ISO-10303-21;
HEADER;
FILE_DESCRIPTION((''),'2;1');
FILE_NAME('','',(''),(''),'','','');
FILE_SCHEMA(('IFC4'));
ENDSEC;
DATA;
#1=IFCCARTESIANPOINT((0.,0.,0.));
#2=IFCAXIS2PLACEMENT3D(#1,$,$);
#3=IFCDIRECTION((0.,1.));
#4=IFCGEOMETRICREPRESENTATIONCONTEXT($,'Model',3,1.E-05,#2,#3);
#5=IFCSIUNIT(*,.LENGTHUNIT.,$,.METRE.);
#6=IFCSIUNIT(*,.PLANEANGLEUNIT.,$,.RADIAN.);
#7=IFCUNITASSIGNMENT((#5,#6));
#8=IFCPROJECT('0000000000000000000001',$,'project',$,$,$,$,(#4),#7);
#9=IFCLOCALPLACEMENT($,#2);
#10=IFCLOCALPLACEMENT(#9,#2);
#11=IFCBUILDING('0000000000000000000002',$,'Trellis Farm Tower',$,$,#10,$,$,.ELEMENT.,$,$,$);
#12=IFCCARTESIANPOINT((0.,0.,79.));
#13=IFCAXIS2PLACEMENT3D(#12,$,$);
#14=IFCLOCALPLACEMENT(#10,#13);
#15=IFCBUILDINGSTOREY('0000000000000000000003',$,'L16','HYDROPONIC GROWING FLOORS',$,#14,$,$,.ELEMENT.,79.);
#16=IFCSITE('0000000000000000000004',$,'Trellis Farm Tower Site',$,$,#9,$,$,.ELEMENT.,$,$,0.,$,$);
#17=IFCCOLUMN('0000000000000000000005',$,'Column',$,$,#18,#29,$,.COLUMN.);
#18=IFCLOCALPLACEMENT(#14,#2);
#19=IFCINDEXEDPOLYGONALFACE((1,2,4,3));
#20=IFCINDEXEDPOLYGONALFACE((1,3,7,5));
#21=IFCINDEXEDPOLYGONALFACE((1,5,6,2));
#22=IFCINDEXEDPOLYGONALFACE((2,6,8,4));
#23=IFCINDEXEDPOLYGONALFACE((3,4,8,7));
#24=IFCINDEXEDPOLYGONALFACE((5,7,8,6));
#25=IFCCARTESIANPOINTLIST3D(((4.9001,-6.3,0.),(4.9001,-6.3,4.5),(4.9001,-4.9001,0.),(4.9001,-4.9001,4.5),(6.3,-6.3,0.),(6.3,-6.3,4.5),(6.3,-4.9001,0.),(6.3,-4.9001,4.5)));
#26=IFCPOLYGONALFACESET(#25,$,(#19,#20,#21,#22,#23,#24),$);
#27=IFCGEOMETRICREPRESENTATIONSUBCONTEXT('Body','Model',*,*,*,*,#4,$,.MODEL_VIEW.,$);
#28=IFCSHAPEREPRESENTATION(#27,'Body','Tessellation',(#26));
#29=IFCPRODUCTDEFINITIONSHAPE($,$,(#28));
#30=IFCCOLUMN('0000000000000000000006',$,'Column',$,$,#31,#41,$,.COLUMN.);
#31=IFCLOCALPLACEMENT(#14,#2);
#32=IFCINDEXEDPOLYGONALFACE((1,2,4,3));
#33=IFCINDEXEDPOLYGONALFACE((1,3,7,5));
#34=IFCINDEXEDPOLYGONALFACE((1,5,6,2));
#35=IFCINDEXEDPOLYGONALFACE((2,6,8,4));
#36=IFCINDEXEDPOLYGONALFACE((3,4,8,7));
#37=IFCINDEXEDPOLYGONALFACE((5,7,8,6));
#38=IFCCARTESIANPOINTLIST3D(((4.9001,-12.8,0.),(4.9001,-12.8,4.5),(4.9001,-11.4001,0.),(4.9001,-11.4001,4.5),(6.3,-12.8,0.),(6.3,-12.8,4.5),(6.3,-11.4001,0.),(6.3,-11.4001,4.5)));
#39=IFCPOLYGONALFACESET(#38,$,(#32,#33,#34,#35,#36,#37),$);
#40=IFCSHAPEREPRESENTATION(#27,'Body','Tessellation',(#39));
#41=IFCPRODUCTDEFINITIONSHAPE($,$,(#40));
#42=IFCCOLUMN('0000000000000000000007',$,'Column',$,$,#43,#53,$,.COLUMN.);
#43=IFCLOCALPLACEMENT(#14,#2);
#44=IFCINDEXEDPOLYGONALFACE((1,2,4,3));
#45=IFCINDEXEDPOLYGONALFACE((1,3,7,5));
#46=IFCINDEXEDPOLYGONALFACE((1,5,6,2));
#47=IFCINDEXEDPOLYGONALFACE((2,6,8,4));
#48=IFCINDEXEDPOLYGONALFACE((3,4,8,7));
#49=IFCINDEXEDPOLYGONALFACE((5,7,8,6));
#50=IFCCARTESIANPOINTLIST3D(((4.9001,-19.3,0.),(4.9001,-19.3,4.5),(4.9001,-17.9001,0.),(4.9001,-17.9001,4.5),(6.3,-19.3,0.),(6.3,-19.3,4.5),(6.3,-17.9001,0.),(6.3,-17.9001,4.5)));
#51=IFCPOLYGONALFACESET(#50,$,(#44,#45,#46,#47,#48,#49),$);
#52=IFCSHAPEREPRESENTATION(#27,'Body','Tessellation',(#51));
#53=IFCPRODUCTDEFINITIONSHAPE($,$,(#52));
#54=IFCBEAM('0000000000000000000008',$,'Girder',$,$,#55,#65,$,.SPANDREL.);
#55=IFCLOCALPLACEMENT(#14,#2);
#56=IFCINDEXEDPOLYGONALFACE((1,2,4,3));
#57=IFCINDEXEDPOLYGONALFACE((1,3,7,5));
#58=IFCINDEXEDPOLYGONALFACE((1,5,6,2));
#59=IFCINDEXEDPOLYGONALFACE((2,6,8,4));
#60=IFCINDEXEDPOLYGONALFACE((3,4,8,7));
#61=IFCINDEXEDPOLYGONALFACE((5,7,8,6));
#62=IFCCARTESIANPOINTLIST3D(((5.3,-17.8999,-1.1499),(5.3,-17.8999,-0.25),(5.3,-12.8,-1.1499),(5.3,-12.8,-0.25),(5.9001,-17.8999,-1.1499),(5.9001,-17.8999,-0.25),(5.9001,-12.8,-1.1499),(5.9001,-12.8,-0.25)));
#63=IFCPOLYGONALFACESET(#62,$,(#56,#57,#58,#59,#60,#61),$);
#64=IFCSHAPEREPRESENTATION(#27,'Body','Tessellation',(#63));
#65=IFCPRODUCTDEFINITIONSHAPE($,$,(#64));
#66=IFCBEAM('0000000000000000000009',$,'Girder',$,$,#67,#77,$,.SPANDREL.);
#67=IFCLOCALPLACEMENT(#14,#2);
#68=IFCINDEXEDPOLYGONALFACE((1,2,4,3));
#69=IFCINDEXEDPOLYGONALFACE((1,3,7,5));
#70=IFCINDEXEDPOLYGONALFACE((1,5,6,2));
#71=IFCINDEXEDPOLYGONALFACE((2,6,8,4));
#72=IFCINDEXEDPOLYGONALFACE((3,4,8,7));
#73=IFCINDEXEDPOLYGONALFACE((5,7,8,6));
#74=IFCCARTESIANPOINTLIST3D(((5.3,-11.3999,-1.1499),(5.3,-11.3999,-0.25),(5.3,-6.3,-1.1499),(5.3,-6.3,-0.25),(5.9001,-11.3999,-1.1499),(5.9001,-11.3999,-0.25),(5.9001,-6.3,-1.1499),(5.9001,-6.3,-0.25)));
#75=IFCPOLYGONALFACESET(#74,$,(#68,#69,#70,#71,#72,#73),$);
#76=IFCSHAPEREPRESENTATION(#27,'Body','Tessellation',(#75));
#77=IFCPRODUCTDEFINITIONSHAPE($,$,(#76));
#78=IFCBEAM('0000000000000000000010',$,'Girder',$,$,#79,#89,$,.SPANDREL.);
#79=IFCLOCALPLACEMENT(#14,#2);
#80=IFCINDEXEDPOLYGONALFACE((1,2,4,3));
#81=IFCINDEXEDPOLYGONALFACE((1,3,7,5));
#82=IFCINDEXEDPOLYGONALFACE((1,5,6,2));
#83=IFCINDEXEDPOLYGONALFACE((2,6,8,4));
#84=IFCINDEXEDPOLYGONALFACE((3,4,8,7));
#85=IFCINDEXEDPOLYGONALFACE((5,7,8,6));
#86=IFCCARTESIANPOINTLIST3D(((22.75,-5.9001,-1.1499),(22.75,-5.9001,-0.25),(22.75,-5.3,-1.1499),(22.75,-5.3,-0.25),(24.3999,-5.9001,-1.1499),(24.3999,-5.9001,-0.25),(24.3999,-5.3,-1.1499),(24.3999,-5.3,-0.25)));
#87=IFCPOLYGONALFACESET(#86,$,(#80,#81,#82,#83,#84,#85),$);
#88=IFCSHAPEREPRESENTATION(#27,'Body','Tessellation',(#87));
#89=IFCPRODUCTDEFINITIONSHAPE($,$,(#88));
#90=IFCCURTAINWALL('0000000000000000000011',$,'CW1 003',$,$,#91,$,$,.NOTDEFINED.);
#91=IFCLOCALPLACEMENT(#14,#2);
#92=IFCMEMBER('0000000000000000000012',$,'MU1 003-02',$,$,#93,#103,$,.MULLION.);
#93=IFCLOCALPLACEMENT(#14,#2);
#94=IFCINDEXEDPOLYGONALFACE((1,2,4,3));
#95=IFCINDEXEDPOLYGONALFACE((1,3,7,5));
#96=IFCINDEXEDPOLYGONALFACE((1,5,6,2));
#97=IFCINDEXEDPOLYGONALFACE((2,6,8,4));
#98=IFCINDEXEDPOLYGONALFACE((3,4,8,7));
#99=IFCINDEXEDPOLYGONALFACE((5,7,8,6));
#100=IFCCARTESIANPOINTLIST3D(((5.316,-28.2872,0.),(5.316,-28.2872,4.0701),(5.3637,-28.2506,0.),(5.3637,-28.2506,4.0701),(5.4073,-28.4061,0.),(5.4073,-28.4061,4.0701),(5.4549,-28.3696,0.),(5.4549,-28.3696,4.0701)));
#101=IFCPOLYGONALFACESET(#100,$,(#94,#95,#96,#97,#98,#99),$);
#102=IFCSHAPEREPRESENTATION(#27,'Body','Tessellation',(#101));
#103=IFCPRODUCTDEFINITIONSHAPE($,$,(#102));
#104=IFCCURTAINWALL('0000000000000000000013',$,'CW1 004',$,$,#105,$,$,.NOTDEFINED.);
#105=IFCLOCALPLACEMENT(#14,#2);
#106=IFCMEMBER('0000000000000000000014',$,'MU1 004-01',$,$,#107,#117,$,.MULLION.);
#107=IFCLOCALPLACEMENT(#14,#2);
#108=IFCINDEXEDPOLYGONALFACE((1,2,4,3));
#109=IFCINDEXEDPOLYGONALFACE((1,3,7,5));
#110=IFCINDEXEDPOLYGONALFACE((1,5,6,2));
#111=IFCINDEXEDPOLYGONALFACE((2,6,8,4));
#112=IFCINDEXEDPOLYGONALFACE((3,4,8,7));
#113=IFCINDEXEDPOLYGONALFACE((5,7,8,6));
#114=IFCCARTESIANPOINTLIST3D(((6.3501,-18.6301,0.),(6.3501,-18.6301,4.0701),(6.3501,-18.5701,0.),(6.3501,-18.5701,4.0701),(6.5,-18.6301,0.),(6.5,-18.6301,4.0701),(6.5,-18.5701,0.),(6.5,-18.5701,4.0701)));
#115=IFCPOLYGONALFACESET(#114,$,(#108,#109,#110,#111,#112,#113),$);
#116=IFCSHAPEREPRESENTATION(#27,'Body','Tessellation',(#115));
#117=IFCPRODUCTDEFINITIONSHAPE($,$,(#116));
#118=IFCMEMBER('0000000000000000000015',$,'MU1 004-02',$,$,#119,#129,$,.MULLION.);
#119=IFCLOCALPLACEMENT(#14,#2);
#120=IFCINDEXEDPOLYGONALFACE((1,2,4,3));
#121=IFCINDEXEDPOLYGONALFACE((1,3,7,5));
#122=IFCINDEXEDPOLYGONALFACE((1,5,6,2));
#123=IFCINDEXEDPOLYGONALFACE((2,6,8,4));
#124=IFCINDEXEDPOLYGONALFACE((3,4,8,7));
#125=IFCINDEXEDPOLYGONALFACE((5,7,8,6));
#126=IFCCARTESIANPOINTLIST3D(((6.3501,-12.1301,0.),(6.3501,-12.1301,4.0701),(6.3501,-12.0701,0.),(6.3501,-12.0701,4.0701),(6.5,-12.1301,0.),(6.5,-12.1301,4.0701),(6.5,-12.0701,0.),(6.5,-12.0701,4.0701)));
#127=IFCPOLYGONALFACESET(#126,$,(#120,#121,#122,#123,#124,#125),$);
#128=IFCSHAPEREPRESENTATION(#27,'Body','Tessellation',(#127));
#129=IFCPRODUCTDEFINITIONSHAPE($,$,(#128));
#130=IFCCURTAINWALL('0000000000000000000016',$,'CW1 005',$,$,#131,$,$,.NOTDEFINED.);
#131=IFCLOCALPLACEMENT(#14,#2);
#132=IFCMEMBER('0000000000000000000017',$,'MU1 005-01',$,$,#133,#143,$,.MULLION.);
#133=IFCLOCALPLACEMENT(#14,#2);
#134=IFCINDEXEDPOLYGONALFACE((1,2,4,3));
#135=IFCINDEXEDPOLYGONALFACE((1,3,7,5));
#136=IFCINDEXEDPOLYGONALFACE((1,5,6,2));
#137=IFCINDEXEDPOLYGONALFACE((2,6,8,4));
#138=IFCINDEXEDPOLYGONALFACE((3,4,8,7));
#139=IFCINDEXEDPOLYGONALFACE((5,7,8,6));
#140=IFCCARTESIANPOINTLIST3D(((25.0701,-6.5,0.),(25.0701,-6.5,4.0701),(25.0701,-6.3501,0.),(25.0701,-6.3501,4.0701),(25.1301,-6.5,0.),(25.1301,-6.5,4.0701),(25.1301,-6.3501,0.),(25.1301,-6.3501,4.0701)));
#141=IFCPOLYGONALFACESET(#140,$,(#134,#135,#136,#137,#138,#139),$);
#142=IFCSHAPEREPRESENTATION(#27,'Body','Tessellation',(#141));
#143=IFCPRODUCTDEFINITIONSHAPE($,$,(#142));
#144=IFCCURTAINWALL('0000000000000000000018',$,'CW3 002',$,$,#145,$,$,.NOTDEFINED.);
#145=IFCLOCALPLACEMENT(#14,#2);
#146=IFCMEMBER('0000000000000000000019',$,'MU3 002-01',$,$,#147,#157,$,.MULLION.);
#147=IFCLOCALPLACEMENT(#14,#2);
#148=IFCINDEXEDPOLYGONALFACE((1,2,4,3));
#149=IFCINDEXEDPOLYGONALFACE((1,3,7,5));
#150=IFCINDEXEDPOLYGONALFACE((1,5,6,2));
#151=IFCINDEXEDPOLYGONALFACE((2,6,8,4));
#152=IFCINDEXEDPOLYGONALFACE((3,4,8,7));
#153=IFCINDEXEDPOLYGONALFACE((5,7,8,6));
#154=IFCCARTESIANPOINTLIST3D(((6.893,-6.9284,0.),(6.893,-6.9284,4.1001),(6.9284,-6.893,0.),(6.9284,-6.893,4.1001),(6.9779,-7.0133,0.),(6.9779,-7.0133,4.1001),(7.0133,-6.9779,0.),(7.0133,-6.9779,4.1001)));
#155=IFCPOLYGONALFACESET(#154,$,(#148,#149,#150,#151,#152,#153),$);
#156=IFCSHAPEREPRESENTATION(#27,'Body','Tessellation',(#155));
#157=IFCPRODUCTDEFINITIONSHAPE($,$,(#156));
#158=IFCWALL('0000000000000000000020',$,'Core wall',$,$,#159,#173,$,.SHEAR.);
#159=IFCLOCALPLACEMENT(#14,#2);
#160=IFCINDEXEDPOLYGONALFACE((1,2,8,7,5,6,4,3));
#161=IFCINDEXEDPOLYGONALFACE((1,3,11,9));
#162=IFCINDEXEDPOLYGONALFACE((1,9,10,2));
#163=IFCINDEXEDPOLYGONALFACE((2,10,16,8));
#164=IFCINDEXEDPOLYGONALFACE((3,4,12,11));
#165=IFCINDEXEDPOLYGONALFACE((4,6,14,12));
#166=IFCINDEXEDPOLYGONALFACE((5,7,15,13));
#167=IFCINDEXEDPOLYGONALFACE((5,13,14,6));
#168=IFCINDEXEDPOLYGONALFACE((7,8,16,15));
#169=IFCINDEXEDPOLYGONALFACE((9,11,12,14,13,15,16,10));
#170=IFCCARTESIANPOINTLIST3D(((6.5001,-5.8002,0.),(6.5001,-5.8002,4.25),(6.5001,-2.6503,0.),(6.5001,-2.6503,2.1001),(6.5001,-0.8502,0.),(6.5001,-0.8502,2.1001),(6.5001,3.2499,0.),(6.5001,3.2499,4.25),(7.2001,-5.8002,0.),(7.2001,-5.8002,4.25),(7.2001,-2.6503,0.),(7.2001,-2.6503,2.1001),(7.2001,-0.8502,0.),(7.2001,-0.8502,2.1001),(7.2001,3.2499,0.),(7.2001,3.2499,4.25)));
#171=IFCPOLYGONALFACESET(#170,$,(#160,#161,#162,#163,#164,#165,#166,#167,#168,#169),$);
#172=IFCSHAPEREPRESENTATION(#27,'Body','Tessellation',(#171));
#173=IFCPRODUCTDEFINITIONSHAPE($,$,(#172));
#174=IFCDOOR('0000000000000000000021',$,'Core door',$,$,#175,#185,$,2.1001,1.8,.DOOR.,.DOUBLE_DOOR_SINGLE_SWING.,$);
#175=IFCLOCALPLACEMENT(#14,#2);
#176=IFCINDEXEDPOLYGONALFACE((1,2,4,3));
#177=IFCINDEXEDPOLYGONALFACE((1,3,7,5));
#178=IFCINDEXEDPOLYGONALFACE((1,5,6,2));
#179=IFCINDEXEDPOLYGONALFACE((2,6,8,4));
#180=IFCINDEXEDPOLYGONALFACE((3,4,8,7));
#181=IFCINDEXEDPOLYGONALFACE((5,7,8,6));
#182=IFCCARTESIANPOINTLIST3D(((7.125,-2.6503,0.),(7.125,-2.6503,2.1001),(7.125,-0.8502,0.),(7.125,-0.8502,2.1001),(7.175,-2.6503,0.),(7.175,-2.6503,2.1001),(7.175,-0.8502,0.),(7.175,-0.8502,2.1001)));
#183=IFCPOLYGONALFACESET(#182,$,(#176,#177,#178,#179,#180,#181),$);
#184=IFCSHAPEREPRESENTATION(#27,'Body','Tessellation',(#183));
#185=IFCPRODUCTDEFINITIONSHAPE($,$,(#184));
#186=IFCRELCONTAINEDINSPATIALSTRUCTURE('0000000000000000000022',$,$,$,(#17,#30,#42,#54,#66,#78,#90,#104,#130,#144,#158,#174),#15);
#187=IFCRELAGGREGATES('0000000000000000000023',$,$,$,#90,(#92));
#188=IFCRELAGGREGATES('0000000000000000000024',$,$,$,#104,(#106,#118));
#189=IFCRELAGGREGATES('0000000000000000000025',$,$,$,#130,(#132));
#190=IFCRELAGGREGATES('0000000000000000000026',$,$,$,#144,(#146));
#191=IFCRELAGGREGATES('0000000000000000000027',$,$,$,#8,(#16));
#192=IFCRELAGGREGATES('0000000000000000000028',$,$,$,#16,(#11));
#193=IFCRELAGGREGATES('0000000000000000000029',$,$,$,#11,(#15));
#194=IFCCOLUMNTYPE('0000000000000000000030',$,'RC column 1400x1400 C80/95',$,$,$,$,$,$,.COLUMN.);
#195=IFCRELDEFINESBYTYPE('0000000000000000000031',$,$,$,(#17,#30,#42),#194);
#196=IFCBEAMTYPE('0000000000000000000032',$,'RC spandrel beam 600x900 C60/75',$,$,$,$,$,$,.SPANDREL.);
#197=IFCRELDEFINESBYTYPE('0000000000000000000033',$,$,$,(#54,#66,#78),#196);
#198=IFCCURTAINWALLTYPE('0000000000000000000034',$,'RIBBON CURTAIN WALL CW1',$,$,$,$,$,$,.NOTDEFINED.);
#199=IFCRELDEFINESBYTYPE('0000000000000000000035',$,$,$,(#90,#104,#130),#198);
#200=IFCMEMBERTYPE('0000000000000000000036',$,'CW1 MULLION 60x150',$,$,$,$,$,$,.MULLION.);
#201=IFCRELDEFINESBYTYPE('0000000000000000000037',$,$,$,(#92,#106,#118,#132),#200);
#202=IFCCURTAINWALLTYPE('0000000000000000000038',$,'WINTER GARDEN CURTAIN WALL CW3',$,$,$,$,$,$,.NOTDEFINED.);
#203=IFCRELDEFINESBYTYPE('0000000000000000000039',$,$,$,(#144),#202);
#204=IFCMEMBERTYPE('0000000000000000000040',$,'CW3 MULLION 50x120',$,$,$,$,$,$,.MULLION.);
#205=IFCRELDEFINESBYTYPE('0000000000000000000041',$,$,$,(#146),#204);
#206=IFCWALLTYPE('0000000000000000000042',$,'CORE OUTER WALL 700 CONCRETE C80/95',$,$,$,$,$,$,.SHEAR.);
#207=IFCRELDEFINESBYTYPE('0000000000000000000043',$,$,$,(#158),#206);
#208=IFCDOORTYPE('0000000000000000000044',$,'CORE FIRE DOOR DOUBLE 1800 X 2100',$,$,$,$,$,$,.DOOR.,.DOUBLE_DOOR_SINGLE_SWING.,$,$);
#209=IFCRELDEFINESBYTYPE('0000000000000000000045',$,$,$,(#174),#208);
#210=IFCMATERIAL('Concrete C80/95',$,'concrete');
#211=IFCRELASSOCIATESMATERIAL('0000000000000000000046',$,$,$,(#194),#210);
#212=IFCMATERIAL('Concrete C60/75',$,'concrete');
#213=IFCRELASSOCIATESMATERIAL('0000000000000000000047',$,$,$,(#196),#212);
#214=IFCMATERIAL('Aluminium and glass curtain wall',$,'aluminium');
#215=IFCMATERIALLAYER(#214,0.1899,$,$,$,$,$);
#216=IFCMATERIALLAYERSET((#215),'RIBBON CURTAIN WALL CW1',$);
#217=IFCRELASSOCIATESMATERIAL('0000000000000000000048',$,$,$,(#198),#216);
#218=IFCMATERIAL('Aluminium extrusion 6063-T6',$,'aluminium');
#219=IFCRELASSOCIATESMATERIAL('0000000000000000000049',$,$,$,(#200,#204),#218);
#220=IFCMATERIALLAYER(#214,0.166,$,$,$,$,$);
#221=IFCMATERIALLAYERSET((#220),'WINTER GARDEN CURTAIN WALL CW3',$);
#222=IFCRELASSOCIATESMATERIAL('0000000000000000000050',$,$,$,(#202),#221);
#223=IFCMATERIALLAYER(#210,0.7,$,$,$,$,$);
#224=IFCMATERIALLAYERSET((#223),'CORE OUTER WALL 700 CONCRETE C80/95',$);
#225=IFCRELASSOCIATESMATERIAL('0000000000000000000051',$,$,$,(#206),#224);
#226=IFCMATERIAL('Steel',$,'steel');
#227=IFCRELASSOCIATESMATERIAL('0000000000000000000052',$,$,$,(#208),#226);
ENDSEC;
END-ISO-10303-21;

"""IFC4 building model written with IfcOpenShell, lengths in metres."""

from ifc_helpers import new_model, si_unit, direction, frame, frame_2d, origin, origin_2d, place, context, subcontext, project, spatial, rectangle, extrude, source, transform, mapped, material, layer, layer_set, material_profile, profile_set, type_object, element, fill, aggregate, save


model = new_model("IFC4")

# Units and contexts
model_context = context("Model", 3, precision=1e-05, world=origin(), true_north=direction((0.0, 1.0)))
body_context = subcontext(model_context, "Body", "Model", "MODEL_VIEW")
ifc_project = project(units=[si_unit("LENGTHUNIT", "METRE"), si_unit("PLANEANGLEUNIT", "RADIAN")], contexts=[model_context])

# Site, building, storey
site_placement = place(None, origin())
site = spatial("IfcSite", under=ifc_project, at=site_placement, Name="Trellis Farm Tower Site", CompositionType="ELEMENT", RefElevation=0.0)
building_placement = place(site_placement, origin())
building = spatial("IfcBuilding", under=site, at=building_placement, Name="Trellis Farm Tower", CompositionType="ELEMENT")
storey_placement = place(building_placement, frame((0.0, 0.0, 79.0)))
storey = spatial("IfcBuildingStorey", under=building, at=storey_placement, Name="L16", Description="HYDROPONIC GROWING FLOORS", CompositionType="ELEMENT", Elevation=79.0)

# Columns
ifc_material_1 = material(Name="Concrete C80/95", Category="concrete")
ifc_material_profile_1 = material_profile(ifc_material_1, rectangle(XDim=1.3999, YDim=1.3999, at=origin_2d()), Name="RC column 1400x1400 C80/95")
ifc_profile_set_1 = profile_set([ifc_material_profile_1], Name="Concrete C80/95")
column_type = type_object("IfcColumnType", Name="RC column 1400x1400 C80/95", PredefinedType="COLUMN", material=ifc_profile_set_1)
shared_shape_1 = source(origin(), body_context, "Body", "SweptSolid", [
    extrude(rectangle(XDim=1.3999, YDim=1.3999, at=origin_2d()), origin(), (0.0, 0.0, 1.0), 4.5),
])
for number, where, z_axis, x_axis, name in (
    (1, (5.6001, -5.6001, 0.0), (0.0, 0.0, 1.0), (1.0, 0.0, 0.0), "Column"),
    (2, (5.6001, -12.1001, 0.0), (0.0, 0.0, 1.0), (1.0, 0.0, 0.0), "Column"),
    (3, (5.6001, -18.6001, 0.0), (0.0, 0.0, 1.0), (1.0, 0.0, 0.0), "Column"),
):
    element("IfcColumn", number, at=place(storey_placement, frame(where, z_axis=z_axis, x_axis=x_axis)), inside=storey, type_object=column_type, Name=name, PredefinedType="COLUMN", context=body_context, shape_type="MappedRepresentation", body=[
        mapped(shared_shape_1, transform((0.0, 0.0, 0.0))),
    ])

# Beams
ifc_material_2 = material(Name="Concrete C60/75", Category="concrete")
ifc_material_profile_2 = material_profile(ifc_material_2, rectangle(XDim=0.6001, YDim=0.8999, at=origin_2d()), Name="RC spandrel beam 600x900 C60/75")
ifc_profile_set_2 = profile_set([ifc_material_profile_2], Name="Concrete C60/75")
beam_type = type_object("IfcBeamType", Name="RC spandrel beam 600x900 C60/75", PredefinedType="SPANDREL", material=ifc_profile_set_2)
shared_shape_2 = source(origin(), body_context, "Body", "SweptSolid", [
    extrude(rectangle(XDim=0.6001, YDim=0.8999, at=origin_2d()), origin(), (0.0, 0.0, 1.0), 5.0999),
])
for number, where, z_axis, x_axis, name in (
    (4, (5.6001, -17.8999, -0.7), (0.0, 1.0, 0.0), (-1.0, 0.0, 0.0), "Girder"),
    (5, (5.6001, -11.3999, -0.7), (0.0, 1.0, 0.0), (-1.0, 0.0, 0.0), "Girder"),
):
    element("IfcBeam", number, at=place(storey_placement, frame(where, z_axis=z_axis, x_axis=x_axis)), inside=storey, type_object=beam_type, Name=name, PredefinedType="SPANDREL", context=body_context, shape_type="MappedRepresentation", body=[
        mapped(shared_shape_2, transform((0.0, 0.0, 0.0))),
    ])
shared_shape_3 = source(origin(), body_context, "Body", "SweptSolid", [
    extrude(rectangle(XDim=0.6001, YDim=0.8999, at=origin_2d()), origin(), (0.0, 0.0, 1.0), 1.6499),
])
beam_placement = place(storey_placement, frame((22.75, -5.6001, -0.7), z_axis=(1.0, 0.0, 0.0), x_axis=(0.0, 1.0, 0.0)))
element("IfcBeam", 6, at=beam_placement, inside=storey, type_object=beam_type, Name="Girder", PredefinedType="SPANDREL", context=body_context, shape_type="MappedRepresentation", body=[
    mapped(shared_shape_3, transform((0.0, 0.0, 0.0))),
])

# Curtain wall, member
ifc_material_3 = material(Name="Aluminium and glass curtain wall", Category="aluminium")
ifc_layer_1 = layer(ifc_material_3, 0.1899)
ifc_layer_set_1 = layer_set([ifc_layer_1], Name="RIBBON CURTAIN WALL CW1")
curtain_wall_type_1 = type_object("IfcCurtainWallType", Name="RIBBON CURTAIN WALL CW1", PredefinedType="NOTDEFINED", material=ifc_layer_set_1)
placement = place(storey_placement, origin())
curtain_wall_1 = element("IfcCurtainWall", 7, at=placement, inside=storey, type_object=curtain_wall_type_1, Name="CW1 003", PredefinedType="NOTDEFINED")
ifc_material_4 = material(Name="Aluminium extrusion 6063-T6", Category="aluminium")
ifc_material_profile_3 = material_profile(ifc_material_4, rectangle(XDim=0.0601, YDim=0.1499, at=origin_2d()), Name="MULLION 60x150")
ifc_profile_set_3 = profile_set([ifc_material_profile_3], Name="Aluminium extrusion 6063-T6")
member_type_1 = type_object("IfcMemberType", Name="CW1 MULLION 60x150", PredefinedType="MULLION", material=ifc_profile_set_3)
shared_shape_4 = source(origin(), body_context, "Body", "SweptSolid", [
    extrude(rectangle(XDim=0.0601, YDim=0.1499, at=origin_2d()), origin(), (0.0, 0.0, 1.0), 4.0701),
])
member_1_placement = place(storey_placement, frame((5.3855, -28.3284, 0.0), z_axis=(0.0, 0.0, 1.0), x_axis=(0.793353, 0.608761, 0.0)))
member_1 = element("IfcMember", 8, at=member_1_placement, type_object=member_type_1, Name="MU1 003-02", PredefinedType="MULLION", context=body_context, shape_type="MappedRepresentation", body=[
    mapped(shared_shape_4, transform((0.0, 0.0, 0.0))),
])
aggregate(curtain_wall_1, [member_1])

# Curtain wall, members
curtain_wall_2 = element("IfcCurtainWall", 9, at=placement, inside=storey, type_object=curtain_wall_type_1, Name="CW1 004", PredefinedType="NOTDEFINED")
member_2_placement = place(storey_placement, frame((6.425, -18.6001, 0.0), z_axis=(0.0, 0.0, 1.0), x_axis=(0.0, 1.0, 0.0)))
member_2 = element("IfcMember", 10, at=member_2_placement, type_object=member_type_1, Name="MU1 004-01", PredefinedType="MULLION", context=body_context, shape_type="MappedRepresentation", body=[
    mapped(shared_shape_4, transform((0.0, 0.0, 0.0))),
])
member_3_placement = place(storey_placement, frame((6.425, -12.1001, 0.0), z_axis=(0.0, 0.0, 1.0), x_axis=(0.0, 1.0, 0.0)))
member_3 = element("IfcMember", 11, at=member_3_placement, type_object=member_type_1, Name="MU1 004-02", PredefinedType="MULLION", context=body_context, shape_type="MappedRepresentation", body=[
    mapped(shared_shape_4, transform((0.0, 0.0, 0.0))),
])
aggregate(curtain_wall_2, [member_2, member_3])

# Curtain walls, members
curtain_wall_3 = element("IfcCurtainWall", 12, at=placement, inside=storey, type_object=curtain_wall_type_1, Name="CW1 005", PredefinedType="NOTDEFINED")
member_4_placement = place(storey_placement, frame((25.1001, -6.425, 0.0), z_axis=(0.0, 0.0, 1.0), x_axis=(1.0, 0.0, 0.0)))
member_4 = element("IfcMember", 13, at=member_4_placement, type_object=member_type_1, Name="MU1 005-01", PredefinedType="MULLION", context=body_context, shape_type="MappedRepresentation", body=[
    mapped(shared_shape_4, transform((0.0, 0.0, 0.0))),
])
aggregate(curtain_wall_3, [member_4])
ifc_layer_2 = layer(ifc_material_3, 0.166)
ifc_layer_set_2 = layer_set([ifc_layer_2], Name="WINTER GARDEN CURTAIN WALL CW3")
curtain_wall_type_2 = type_object("IfcCurtainWallType", Name="WINTER GARDEN CURTAIN WALL CW3", PredefinedType="NOTDEFINED", material=ifc_layer_set_2)
curtain_wall_4 = element("IfcCurtainWall", 14, at=placement, inside=storey, type_object=curtain_wall_type_2, Name="CW3 002", PredefinedType="NOTDEFINED")
ifc_material_profile_4 = material_profile(ifc_material_4, rectangle(XDim=0.05, YDim=0.1201, at=origin_2d()), Name="MULLION 50x120")
ifc_profile_set_4 = profile_set([ifc_material_profile_4], Name="Aluminium extrusion 6063-T6")
member_type_2 = type_object("IfcMemberType", Name="CW3 MULLION 50x120", PredefinedType="MULLION", material=ifc_profile_set_4)
shared_shape_5 = source(origin(), body_context, "Body", "SweptSolid", [
    extrude(rectangle(XDim=0.05, YDim=0.1201, at=origin_2d()), origin(), (0.0, 0.0, 1.0), 4.1001),
])
member_5_placement = place(storey_placement, frame((6.9531, -6.9531, 0.0), z_axis=(0.0, 0.0, 1.0), x_axis=(0.707107, 0.707107, 0.0)))
member_5 = element("IfcMember", 15, at=member_5_placement, type_object=member_type_2, Name="MU3 002-01", PredefinedType="MULLION", context=body_context, shape_type="MappedRepresentation", body=[
    mapped(shared_shape_5, transform((0.0, 0.0, 0.0))),
])
aggregate(curtain_wall_4, [member_5])

# Wall, opening, door
ifc_layer_3 = layer(ifc_material_1, 0.7)
ifc_layer_set_3 = layer_set([ifc_layer_3], Name="CORE OUTER WALL 700 CONCRETE C80/95")
wall_type_1 = type_object("IfcWallType", Name="CORE OUTER WALL 700 CONCRETE C80/95", PredefinedType="SHEAR", material=ifc_layer_set_3)
shared_shape_6 = source(origin(), body_context, "Body", "SweptSolid", [
    extrude(rectangle(XDim=9.05, YDim=0.7, at=frame_2d((4.5249, 0.0))), origin(), (0.0, 0.0, 1.0), 4.25),
])
wall_1_placement = place(storey_placement, frame((6.8501, -5.8, 0.0), z_axis=(0.0, 0.0, 1.0), x_axis=(0.0, 1.0, 0.0)))
wall_1 = element("IfcWall", 16, at=wall_1_placement, inside=storey, type_object=wall_type_1, Name="Core wall", PredefinedType="SHEAR", context=body_context, shape_type="MappedRepresentation", body=[
    mapped(shared_shape_6, transform((0.0, 0.0, 0.0))),
])
shared_shape_7 = source(origin(), body_context, "Body", "SweptSolid", [
    extrude(rectangle(XDim=1.8, YDim=2.1001, at=frame_2d((0.8999, 1.05))), frame((0.0, 0.3601, 0.0), z_axis=(0.0, -1.0, 0.0), x_axis=(1.0, 0.0, 0.0)), (0.0, 0.0, 1.0), 0.7202),
])
opening_1_placement = place(wall_1_placement, frame((3.1499, 0.0, 0.0)))
opening_1 = element("IfcOpeningElement", 17, at=opening_1_placement, cuts=wall_1, PredefinedType="OPENING", context=body_context, shape_type="MappedRepresentation", body=[
    mapped(shared_shape_7, transform((0.0, 0.0, 0.0))),
])
ifc_material_5 = material(Name="Steel", Category="steel")
door_type_1 = type_object("IfcDoorType", Name="CORE FIRE DOOR DOUBLE 1800 X 2100", OperationType="DOUBLE_DOOR_SINGLE_SWING", PredefinedType="DOOR", material=ifc_material_5)
shared_shape_8 = source(origin(), body_context, "Body", "SweptSolid", [
    extrude(rectangle(XDim=1.8, YDim=2.1001, at=frame_2d((0.8999, 1.05))), frame((0.0, -0.2749, 0.0), z_axis=(0.0, -1.0, 0.0), x_axis=(1.0, 0.0, 0.0)), (0.0, 0.0, 1.0), 0.05),
])
door_1_placement = place(opening_1_placement, origin())
door_1 = element("IfcDoor", 18, at=door_1_placement, inside=storey, type_object=door_type_1, Name="Core door", OperationType="DOUBLE_DOOR_SINGLE_SWING", OverallHeight=2.1001, OverallWidth=1.8, PredefinedType="DOOR", context=body_context, shape_type="MappedRepresentation", body=[
    mapped(shared_shape_8, transform((0.0, 0.0, 0.0))),
])
fill(opening_1, door_1)

save(model, "model.ifc")
